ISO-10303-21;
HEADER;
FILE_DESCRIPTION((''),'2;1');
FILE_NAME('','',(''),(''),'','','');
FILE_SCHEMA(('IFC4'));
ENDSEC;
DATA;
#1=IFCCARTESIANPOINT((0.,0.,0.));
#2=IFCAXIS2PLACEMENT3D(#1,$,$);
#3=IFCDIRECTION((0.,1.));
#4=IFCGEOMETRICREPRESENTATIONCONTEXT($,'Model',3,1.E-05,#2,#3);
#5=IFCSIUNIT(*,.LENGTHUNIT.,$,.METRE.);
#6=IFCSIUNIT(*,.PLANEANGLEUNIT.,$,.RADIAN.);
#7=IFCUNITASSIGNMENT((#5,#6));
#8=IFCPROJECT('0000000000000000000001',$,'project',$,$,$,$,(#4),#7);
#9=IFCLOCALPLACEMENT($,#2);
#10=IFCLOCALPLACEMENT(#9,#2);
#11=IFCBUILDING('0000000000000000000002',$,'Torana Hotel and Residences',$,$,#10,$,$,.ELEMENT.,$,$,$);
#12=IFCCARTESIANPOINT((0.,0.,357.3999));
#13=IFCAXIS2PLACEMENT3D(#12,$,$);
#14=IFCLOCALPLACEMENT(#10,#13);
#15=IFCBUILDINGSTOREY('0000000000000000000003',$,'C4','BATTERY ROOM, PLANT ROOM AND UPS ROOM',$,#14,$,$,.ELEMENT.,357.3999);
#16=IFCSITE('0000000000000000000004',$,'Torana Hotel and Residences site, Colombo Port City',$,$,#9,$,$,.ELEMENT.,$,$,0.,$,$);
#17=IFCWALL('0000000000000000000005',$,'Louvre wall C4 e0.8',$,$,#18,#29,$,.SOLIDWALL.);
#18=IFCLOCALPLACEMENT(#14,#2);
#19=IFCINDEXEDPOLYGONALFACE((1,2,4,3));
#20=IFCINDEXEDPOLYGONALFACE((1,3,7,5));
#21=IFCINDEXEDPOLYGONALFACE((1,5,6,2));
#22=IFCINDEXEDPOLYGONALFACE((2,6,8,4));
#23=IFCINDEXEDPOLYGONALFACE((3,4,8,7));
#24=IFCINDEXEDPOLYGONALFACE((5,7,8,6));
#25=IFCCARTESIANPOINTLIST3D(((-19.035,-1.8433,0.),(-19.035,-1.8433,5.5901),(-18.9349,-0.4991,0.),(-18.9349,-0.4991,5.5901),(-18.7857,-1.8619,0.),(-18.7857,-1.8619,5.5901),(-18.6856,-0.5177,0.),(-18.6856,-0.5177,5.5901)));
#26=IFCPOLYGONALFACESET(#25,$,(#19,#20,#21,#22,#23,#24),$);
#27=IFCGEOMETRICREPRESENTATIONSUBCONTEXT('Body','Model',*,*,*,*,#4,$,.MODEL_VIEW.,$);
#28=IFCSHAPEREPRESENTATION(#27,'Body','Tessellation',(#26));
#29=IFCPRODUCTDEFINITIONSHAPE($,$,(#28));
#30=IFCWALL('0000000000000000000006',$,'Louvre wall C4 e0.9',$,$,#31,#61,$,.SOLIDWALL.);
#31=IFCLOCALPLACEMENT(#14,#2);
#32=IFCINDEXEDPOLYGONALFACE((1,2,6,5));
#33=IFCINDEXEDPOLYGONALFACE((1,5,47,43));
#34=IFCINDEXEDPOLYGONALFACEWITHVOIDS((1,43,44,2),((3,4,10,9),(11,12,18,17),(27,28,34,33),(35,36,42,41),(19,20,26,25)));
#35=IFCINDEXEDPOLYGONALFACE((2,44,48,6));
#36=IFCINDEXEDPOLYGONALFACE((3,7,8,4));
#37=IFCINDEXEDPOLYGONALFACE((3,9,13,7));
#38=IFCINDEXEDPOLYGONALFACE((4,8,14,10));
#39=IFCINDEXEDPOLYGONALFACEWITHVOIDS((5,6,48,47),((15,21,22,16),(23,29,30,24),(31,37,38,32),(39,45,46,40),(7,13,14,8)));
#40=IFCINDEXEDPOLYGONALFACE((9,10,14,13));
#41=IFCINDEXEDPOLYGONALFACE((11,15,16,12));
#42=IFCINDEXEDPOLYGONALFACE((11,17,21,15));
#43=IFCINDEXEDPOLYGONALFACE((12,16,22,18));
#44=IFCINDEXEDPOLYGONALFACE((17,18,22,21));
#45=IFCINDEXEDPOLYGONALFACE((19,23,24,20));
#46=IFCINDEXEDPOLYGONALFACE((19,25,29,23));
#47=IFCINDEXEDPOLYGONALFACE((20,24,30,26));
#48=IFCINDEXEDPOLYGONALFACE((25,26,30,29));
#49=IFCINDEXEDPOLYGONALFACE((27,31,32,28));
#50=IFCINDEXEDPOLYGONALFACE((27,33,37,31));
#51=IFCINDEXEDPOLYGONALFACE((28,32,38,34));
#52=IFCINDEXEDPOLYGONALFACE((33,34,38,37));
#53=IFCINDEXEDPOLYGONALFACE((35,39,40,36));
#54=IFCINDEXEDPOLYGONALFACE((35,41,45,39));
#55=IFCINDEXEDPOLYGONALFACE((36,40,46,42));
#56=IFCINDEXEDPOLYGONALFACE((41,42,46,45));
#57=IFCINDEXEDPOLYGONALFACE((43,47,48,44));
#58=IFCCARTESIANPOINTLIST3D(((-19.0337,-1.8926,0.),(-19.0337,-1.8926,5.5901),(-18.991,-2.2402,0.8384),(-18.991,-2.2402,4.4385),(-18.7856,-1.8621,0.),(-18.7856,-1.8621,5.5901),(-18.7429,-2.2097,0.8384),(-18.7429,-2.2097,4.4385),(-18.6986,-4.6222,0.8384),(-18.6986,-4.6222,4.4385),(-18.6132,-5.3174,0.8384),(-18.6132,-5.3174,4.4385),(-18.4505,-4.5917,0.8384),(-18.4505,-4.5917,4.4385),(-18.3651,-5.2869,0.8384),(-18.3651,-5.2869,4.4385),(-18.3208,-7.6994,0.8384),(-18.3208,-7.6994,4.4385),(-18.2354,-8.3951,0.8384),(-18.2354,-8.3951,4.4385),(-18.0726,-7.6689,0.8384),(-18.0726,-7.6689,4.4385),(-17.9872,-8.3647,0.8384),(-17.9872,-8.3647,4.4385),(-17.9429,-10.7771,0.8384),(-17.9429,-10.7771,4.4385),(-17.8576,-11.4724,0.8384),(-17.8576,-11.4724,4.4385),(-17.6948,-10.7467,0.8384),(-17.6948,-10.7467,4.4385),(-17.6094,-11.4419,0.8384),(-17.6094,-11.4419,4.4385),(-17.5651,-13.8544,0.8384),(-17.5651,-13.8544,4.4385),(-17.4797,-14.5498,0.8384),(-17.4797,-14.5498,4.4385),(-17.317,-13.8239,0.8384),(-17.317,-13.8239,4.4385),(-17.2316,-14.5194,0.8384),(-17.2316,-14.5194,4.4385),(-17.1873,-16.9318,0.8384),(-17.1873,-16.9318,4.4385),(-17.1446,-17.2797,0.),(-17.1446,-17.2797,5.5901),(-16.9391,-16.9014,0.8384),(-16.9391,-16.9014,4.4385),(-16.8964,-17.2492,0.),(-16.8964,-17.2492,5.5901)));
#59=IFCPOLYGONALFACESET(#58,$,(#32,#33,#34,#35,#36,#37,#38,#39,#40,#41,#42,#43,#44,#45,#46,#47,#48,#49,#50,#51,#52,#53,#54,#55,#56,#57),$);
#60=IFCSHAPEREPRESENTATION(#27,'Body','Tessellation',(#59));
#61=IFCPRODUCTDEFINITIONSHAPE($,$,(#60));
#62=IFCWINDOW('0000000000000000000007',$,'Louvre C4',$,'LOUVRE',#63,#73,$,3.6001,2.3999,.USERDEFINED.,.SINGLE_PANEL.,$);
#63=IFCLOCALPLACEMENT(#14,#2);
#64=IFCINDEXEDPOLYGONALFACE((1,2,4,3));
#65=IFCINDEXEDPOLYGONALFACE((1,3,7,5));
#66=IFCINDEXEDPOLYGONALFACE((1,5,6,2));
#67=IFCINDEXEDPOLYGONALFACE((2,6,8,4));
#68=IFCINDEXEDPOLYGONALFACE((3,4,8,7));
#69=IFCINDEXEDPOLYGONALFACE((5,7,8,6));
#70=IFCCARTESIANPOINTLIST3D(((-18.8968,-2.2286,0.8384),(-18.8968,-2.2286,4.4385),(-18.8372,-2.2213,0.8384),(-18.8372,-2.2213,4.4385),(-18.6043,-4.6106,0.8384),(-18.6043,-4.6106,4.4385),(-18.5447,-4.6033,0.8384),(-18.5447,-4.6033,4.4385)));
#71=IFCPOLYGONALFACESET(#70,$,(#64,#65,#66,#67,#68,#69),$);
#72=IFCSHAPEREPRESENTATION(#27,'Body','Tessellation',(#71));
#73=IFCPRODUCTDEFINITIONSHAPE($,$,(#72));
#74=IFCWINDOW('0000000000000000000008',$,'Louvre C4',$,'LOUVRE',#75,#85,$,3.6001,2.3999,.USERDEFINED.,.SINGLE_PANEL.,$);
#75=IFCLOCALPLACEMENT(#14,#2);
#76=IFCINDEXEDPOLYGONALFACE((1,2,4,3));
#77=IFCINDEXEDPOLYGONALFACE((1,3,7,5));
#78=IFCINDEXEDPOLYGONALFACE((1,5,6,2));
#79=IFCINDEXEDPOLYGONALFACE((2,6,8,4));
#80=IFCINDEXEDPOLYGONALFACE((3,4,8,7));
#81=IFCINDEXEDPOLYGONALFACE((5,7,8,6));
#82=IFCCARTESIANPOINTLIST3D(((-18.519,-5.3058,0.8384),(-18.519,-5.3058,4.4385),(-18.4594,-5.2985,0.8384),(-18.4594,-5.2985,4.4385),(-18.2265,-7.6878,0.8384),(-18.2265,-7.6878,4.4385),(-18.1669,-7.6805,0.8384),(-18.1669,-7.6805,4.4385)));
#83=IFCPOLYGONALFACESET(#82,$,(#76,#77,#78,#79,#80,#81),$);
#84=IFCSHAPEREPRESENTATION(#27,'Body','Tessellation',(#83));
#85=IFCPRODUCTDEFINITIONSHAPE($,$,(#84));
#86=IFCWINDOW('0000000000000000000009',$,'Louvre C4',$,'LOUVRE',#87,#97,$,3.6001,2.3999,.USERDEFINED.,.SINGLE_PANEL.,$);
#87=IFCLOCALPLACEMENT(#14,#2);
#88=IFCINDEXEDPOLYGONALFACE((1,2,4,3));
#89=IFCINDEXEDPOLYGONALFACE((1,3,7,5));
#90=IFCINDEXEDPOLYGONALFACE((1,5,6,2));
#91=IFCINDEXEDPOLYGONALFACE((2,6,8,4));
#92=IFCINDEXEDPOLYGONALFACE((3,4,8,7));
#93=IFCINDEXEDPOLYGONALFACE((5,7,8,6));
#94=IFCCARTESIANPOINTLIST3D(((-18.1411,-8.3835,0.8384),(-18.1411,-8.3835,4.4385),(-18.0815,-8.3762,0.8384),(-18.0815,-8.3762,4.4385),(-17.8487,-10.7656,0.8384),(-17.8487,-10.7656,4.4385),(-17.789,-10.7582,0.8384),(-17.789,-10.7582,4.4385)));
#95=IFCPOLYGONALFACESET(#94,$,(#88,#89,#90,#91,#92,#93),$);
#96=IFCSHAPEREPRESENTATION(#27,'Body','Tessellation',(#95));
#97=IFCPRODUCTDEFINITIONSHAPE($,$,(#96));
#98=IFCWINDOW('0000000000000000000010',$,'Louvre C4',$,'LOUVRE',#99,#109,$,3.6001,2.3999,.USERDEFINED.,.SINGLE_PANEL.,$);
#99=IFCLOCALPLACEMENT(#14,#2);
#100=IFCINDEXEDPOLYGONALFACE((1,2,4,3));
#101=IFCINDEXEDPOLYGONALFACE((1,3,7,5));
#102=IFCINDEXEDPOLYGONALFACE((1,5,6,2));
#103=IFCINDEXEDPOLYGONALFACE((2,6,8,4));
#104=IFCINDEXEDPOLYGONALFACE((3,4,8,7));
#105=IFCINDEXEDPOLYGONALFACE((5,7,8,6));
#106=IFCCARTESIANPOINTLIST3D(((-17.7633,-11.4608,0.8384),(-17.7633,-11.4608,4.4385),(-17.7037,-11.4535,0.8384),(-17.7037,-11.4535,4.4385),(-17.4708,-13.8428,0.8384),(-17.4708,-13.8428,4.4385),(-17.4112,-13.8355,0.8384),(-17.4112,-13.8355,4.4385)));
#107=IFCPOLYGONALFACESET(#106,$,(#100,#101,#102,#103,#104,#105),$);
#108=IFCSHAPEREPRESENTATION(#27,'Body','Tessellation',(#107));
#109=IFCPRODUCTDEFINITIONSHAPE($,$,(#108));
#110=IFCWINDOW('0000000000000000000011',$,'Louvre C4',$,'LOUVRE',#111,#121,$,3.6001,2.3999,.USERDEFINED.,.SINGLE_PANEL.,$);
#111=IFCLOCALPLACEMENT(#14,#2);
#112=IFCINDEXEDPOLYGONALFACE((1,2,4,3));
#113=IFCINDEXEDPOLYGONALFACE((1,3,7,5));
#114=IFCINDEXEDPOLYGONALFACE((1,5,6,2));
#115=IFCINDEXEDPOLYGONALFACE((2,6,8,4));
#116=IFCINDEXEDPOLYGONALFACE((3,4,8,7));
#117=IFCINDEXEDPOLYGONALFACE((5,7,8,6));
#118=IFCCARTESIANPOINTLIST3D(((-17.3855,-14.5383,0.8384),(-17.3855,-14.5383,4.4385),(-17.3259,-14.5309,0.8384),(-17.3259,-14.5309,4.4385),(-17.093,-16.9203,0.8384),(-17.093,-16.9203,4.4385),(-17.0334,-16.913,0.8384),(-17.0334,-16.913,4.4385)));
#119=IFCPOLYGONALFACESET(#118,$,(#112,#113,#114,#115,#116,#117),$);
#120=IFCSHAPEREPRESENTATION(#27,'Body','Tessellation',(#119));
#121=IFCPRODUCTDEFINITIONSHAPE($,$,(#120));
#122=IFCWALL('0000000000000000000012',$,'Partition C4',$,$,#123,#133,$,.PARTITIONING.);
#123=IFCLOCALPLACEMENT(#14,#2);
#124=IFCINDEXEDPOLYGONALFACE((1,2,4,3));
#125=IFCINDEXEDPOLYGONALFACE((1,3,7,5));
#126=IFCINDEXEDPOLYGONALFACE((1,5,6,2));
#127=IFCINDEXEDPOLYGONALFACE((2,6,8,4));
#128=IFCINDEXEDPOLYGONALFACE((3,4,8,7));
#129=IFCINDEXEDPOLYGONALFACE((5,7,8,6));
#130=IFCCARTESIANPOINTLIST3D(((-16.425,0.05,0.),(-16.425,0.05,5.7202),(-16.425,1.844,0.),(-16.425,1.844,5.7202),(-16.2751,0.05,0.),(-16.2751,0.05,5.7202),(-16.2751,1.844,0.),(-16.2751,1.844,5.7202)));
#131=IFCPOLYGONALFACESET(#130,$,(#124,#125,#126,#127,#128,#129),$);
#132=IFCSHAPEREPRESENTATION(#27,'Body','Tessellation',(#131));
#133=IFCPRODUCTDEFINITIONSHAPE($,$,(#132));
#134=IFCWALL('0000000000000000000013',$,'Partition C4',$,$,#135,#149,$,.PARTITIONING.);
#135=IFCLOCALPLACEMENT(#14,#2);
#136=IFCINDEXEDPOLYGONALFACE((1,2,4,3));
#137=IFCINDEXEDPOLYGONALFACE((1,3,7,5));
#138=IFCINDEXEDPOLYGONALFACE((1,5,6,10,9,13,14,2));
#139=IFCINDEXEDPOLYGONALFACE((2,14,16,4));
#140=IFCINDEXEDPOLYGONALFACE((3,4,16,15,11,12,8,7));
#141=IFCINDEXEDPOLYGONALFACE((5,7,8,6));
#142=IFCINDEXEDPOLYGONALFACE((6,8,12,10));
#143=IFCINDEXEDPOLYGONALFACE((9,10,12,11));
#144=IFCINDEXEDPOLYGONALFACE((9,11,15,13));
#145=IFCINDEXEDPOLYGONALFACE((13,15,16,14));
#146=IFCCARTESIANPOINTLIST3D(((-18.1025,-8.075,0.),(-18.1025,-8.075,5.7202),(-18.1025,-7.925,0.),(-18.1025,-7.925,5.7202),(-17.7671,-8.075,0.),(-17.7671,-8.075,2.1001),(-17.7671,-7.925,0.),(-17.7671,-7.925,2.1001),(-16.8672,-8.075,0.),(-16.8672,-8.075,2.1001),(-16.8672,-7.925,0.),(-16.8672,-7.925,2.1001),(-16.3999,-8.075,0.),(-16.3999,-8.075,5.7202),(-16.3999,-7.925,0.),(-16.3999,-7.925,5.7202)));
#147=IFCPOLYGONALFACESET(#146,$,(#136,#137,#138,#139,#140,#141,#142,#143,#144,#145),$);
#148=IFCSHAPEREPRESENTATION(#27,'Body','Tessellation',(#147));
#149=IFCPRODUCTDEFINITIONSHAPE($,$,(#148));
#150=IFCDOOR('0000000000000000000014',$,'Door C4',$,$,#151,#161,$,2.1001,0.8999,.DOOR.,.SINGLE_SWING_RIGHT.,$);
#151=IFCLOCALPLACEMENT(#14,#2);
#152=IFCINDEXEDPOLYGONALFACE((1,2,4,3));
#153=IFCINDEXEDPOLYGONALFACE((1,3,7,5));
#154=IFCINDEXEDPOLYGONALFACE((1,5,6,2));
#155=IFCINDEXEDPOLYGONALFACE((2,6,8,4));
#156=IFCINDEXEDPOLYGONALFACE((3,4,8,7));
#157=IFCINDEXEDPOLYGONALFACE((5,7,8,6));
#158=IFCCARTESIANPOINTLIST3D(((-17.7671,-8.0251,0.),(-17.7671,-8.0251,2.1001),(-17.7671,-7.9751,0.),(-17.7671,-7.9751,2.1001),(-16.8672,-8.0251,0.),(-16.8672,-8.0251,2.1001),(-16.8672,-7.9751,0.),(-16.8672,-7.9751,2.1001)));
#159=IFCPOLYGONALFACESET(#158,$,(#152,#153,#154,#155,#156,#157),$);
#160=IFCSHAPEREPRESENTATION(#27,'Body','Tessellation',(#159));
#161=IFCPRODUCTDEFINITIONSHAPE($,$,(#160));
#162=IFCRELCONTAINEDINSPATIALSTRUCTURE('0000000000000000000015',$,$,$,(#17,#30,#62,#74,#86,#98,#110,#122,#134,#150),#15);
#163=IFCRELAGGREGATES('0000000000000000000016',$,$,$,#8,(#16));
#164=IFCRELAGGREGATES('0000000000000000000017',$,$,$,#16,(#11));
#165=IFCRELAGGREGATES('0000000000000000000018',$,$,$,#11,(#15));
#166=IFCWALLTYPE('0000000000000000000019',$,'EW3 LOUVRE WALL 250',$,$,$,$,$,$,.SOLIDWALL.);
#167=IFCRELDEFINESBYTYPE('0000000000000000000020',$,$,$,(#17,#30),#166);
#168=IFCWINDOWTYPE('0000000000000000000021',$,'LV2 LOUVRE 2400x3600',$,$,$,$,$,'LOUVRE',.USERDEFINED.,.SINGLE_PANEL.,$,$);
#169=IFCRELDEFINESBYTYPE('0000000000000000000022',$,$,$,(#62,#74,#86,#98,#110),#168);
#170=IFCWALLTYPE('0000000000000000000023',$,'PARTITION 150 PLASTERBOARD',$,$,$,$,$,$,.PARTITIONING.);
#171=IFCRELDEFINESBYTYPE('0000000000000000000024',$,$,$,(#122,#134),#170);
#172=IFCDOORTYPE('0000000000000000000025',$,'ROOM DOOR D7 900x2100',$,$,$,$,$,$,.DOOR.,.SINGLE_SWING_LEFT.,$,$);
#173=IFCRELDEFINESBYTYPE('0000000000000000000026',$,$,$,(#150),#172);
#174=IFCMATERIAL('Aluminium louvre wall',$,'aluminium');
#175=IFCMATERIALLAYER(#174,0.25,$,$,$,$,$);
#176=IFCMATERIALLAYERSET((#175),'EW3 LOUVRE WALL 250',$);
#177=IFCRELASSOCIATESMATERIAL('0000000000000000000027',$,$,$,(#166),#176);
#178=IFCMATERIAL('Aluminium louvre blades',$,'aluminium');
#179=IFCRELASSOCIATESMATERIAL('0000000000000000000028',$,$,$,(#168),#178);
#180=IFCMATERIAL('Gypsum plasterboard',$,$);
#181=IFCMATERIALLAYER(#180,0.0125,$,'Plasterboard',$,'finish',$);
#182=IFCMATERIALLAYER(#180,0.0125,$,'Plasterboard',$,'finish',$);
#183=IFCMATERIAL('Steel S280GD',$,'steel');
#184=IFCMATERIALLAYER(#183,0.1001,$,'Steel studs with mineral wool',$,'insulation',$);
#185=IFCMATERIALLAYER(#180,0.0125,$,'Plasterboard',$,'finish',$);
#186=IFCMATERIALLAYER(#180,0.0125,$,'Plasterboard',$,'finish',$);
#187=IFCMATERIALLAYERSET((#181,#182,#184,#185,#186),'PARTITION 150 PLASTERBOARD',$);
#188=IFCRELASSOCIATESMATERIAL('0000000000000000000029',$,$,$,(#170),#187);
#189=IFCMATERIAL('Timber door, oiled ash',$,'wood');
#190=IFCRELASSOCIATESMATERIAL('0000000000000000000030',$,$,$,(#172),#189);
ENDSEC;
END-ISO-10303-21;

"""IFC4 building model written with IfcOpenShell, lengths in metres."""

from ifc_helpers import new_model, si_unit, direction, frame, frame_2d, origin, place, context, subcontext, project, spatial, rectangle, extrude, material, layer, layer_set, type_object, element, fill, save


model = new_model("IFC4")

# Units and contexts
model_context = context("Model", 3, precision=1e-05, world=origin(), true_north=direction((0.0, 1.0)))
body_context = subcontext(model_context, "Body", "Model", "MODEL_VIEW")
ifc_project = project(units=[si_unit("LENGTHUNIT", "METRE"), si_unit("PLANEANGLEUNIT", "RADIAN")], contexts=[model_context])

# Site, building, storey
site_placement = place(None, origin())
site = spatial("IfcSite", under=ifc_project, at=site_placement, Name="Torana Hotel and Residences site, Colombo Port City", CompositionType="ELEMENT", RefElevation=0.0)
building_placement = place(site_placement, origin())
building = spatial("IfcBuilding", under=site, at=building_placement, Name="Torana Hotel and Residences", CompositionType="ELEMENT")
storey_placement = place(building_placement, frame((0.0, 0.0, 357.3999)))
storey = spatial("IfcBuildingStorey", under=building, at=storey_placement, Name="C4", Description="BATTERY ROOM, PLANT ROOM AND UPS ROOM", CompositionType="ELEMENT", Elevation=357.3999)

# Wall
ifc_material_1 = material(Name="Aluminium louvre wall", Category="aluminium")
ifc_layer_1 = layer(ifc_material_1, 0.25)
ifc_layer_set_1 = layer_set([ifc_layer_1], Name="EW3 LOUVRE WALL 250")
wall_type_1 = type_object("IfcWallType", Name="EW3 LOUVRE WALL 250", PredefinedType="SOLIDWALL", material=ifc_layer_set_1)
wall_1_placement = place(storey_placement, frame((-18.8103, -0.5085, 0.0), z_axis=(0.0, 0.0, 1.0), x_axis=(-0.074259, -0.997239, 0.0)))
element("IfcWall", 1, at=wall_1_placement, inside=storey, type_object=wall_type_1, Name="Louvre wall C4 e0.8", PredefinedType="SOLIDWALL", context=body_context, shape_type="SweptSolid", body=[
    extrude(rectangle(XDim=1.3479, YDim=0.25, at=frame_2d((0.6738, 0.0))), origin(), (0.0, 0.0, 1.0), 5.5901),
])

# Wall, openings, windows
wall_2_placement = place(storey_placement, frame((-18.9097, -1.8772, 0.0), z_axis=(0.0, 0.0, 1.0), x_axis=(0.12186, -0.992547, 0.0)))
wall_2 = element("IfcWall", 2, at=wall_2_placement, inside=storey, type_object=wall_type_1, Name="Louvre wall C4 e0.9", PredefinedType="SOLIDWALL", context=body_context, shape_type="SweptSolid", body=[
    extrude(rectangle(XDim=15.5027, YDim=0.25, at=frame_2d((7.7515, 0.0))), origin(), (0.0, 0.0, 1.0), 5.5901),
])
opening_1_placement = place(wall_2_placement, frame((0.3503, 0.0, 0.8384)))
opening_1 = element("IfcOpeningElement", 3, at=opening_1_placement, cuts=wall_2, PredefinedType="OPENING", context=body_context, shape_type="SweptSolid", body=[
    extrude(rectangle(XDim=2.3999, YDim=3.6001, at=frame_2d((1.2, 1.8))), frame((0.0, 0.135, 0.0), z_axis=(0.0, -1.0, 0.0), x_axis=(1.0, 0.0, 0.0)), (0.0, 0.0, 1.0), 0.27),
])
opening_2_placement = place(wall_2_placement, frame((3.4507, 0.0, 0.8384)))
opening_2 = element("IfcOpeningElement", 4, at=opening_2_placement, cuts=wall_2, PredefinedType="OPENING", context=body_context, shape_type="SweptSolid", body=[
    extrude(rectangle(XDim=2.3999, YDim=3.6001, at=frame_2d((1.2, 1.8))), frame((0.0, 0.135, 0.0), z_axis=(0.0, -1.0, 0.0), x_axis=(1.0, 0.0, 0.0)), (0.0, 0.0, 1.0), 0.27),
])
opening_3_placement = place(wall_2_placement, frame((6.5515, 0.0, 0.8384)))
opening_3 = element("IfcOpeningElement", 5, at=opening_3_placement, cuts=wall_2, PredefinedType="OPENING", context=body_context, shape_type="SweptSolid", body=[
    extrude(rectangle(XDim=2.3999, YDim=3.6001, at=frame_2d((1.2, 1.8))), frame((0.0, 0.135, 0.0), z_axis=(0.0, -1.0, 0.0), x_axis=(1.0, 0.0, 0.0)), (0.0, 0.0, 1.0), 0.27),
])
opening_4_placement = place(wall_2_placement, frame((9.6519, 0.0, 0.8384)))
opening_4 = element("IfcOpeningElement", 6, at=opening_4_placement, cuts=wall_2, PredefinedType="OPENING", context=body_context, shape_type="SweptSolid", body=[
    extrude(rectangle(XDim=2.3999, YDim=3.6001, at=frame_2d((1.2, 1.8))), frame((0.0, 0.135, 0.0), z_axis=(0.0, -1.0, 0.0), x_axis=(1.0, 0.0, 0.0)), (0.0, 0.0, 1.0), 0.27),
])
opening_5_placement = place(wall_2_placement, frame((12.7524, 0.0, 0.8384)))
opening_5 = element("IfcOpeningElement", 7, at=opening_5_placement, cuts=wall_2, PredefinedType="OPENING", context=body_context, shape_type="SweptSolid", body=[
    extrude(rectangle(XDim=2.3999, YDim=3.6001, at=frame_2d((1.2, 1.8))), frame((0.0, 0.135, 0.0), z_axis=(0.0, -1.0, 0.0), x_axis=(1.0, 0.0, 0.0)), (0.0, 0.0, 1.0), 0.27),
])
ifc_material_2 = material(Name="Aluminium louvre blades", Category="aluminium")
window_type = type_object("IfcWindowType", Name="LV2 LOUVRE 2400x3600", ElementType="LOUVRE", PartitioningType="SINGLE_PANEL", PredefinedType="USERDEFINED", material=ifc_material_2)
window_1_placement = place(opening_1_placement, origin())
window_1 = element("IfcWindow", 8, at=window_1_placement, inside=storey, type_object=window_type, Name="Louvre C4", ObjectType="LOUVRE", OverallHeight=3.6001, OverallWidth=2.3999, PartitioningType="SINGLE_PANEL", PredefinedType="USERDEFINED", context=body_context, shape_type="SweptSolid", body=[
    extrude(rectangle(XDim=2.3999, YDim=3.6001, at=frame_2d((1.2, 1.8))), frame((0.0, 0.03, 0.0), z_axis=(0.0, -1.0, 0.0), x_axis=(1.0, 0.0, 0.0)), (0.0, 0.0, 1.0), 0.0601),
])
fill(opening_1, window_1)
window_2_placement = place(opening_2_placement, origin())
window_2 = element("IfcWindow", 9, at=window_2_placement, inside=storey, type_object=window_type, Name="Louvre C4", ObjectType="LOUVRE", OverallHeight=3.6001, OverallWidth=2.3999, PartitioningType="SINGLE_PANEL", PredefinedType="USERDEFINED", context=body_context, shape_type="SweptSolid", body=[
    extrude(rectangle(XDim=2.3999, YDim=3.6001, at=frame_2d((1.2, 1.8))), frame((0.0, 0.03, 0.0), z_axis=(0.0, -1.0, 0.0), x_axis=(1.0, 0.0, 0.0)), (0.0, 0.0, 1.0), 0.0601),
])
fill(opening_2, window_2)
window_3_placement = place(opening_3_placement, origin())
window_3 = element("IfcWindow", 10, at=window_3_placement, inside=storey, type_object=window_type, Name="Louvre C4", ObjectType="LOUVRE", OverallHeight=3.6001, OverallWidth=2.3999, PartitioningType="SINGLE_PANEL", PredefinedType="USERDEFINED", context=body_context, shape_type="SweptSolid", body=[
    extrude(rectangle(XDim=2.3999, YDim=3.6001, at=frame_2d((1.2, 1.8))), frame((0.0, 0.03, 0.0), z_axis=(0.0, -1.0, 0.0), x_axis=(1.0, 0.0, 0.0)), (0.0, 0.0, 1.0), 0.0601),
])
fill(opening_3, window_3)
window_4_placement = place(opening_4_placement, origin())
window_4 = element("IfcWindow", 11, at=window_4_placement, inside=storey, type_object=window_type, Name="Louvre C4", ObjectType="LOUVRE", OverallHeight=3.6001, OverallWidth=2.3999, PartitioningType="SINGLE_PANEL", PredefinedType="USERDEFINED", context=body_context, shape_type="SweptSolid", body=[
    extrude(rectangle(XDim=2.3999, YDim=3.6001, at=frame_2d((1.2, 1.8))), frame((0.0, 0.03, 0.0), z_axis=(0.0, -1.0, 0.0), x_axis=(1.0, 0.0, 0.0)), (0.0, 0.0, 1.0), 0.0601),
])
fill(opening_4, window_4)
window_5_placement = place(opening_5_placement, origin())
window_5 = element("IfcWindow", 12, at=window_5_placement, inside=storey, type_object=window_type, Name="Louvre C4", ObjectType="LOUVRE", OverallHeight=3.6001, OverallWidth=2.3999, PartitioningType="SINGLE_PANEL", PredefinedType="USERDEFINED", context=body_context, shape_type="SweptSolid", body=[
    extrude(rectangle(XDim=2.3999, YDim=3.6001, at=frame_2d((1.2, 1.8))), frame((0.0, 0.03, 0.0), z_axis=(0.0, -1.0, 0.0), x_axis=(1.0, 0.0, 0.0)), (0.0, 0.0, 1.0), 0.0601),
])
fill(opening_5, window_5)

# Wall
ifc_material_3 = material(Name="Gypsum plasterboard")
ifc_layer_2 = layer(ifc_material_3, 0.0125, Name="Plasterboard", Category="finish")
ifc_layer_3 = layer(ifc_material_3, 0.0125, Name="Plasterboard", Category="finish")
ifc_material_4 = material(Name="Steel S280GD", Category="steel")
ifc_layer_4 = layer(ifc_material_4, 0.1001, Name="Steel studs with mineral wool", Category="insulation")
ifc_layer_5 = layer(ifc_material_3, 0.0125, Name="Plasterboard", Category="finish")
ifc_layer_6 = layer(ifc_material_3, 0.0125, Name="Plasterboard", Category="finish")
ifc_layer_set_2 = layer_set([ifc_layer_2, ifc_layer_3, ifc_layer_4, ifc_layer_5, ifc_layer_6], Name="PARTITION 150 PLASTERBOARD")
wall_type_2 = type_object("IfcWallType", Name="PARTITION 150 PLASTERBOARD", PredefinedType="PARTITIONING", material=ifc_layer_set_2)
wall_3_placement = place(storey_placement, frame((-16.3501, 0.05, 0.0), z_axis=(0.0, 0.0, 1.0), x_axis=(0.0, 1.0, 0.0)))
element("IfcWall", 13, at=wall_3_placement, inside=storey, type_object=wall_type_2, Name="Partition C4", PredefinedType="PARTITIONING", context=body_context, shape_type="SweptSolid", body=[
    extrude(rectangle(XDim=1.7939, YDim=0.1499, at=frame_2d((0.897, 0.0))), origin(), (0.0, 0.0, 1.0), 5.7202),
])

# Wall, opening, door
wall_4_placement = place(storey_placement, frame((-18.1025, -8.0, 0.0), z_axis=(0.0, 0.0, 1.0), x_axis=(1.0, 0.0, 0.0)))
wall_4 = element("IfcWall", 14, at=wall_4_placement, inside=storey, type_object=wall_type_2, Name="Partition C4", PredefinedType="PARTITIONING", context=body_context, shape_type="SweptSolid", body=[
    extrude(rectangle(XDim=1.7026, YDim=0.1499, at=frame_2d((0.8513, 0.0))), origin(), (0.0, 0.0, 1.0), 5.7202),
])
opening_6_placement = place(wall_4_placement, frame((0.3354, 0.0, 0.0)))
opening_6 = element("IfcOpeningElement", 15, at=opening_6_placement, cuts=wall_4, PredefinedType="OPENING", context=body_context, shape_type="SweptSolid", body=[
    extrude(rectangle(XDim=0.8999, YDim=2.1001, at=frame_2d((0.45, 1.05))), frame((0.0, 0.085, 0.0), z_axis=(0.0, -1.0, 0.0), x_axis=(1.0, 0.0, 0.0)), (0.0, 0.0, 1.0), 0.1699),
])
ifc_material_5 = material(Name="Timber door, oiled ash", Category="wood")
door_type_1 = type_object("IfcDoorType", Name="ROOM DOOR D7 900x2100", OperationType="SINGLE_SWING_LEFT", PredefinedType="DOOR", material=ifc_material_5)
door_1_placement = place(opening_6_placement, origin())
door_1 = element("IfcDoor", 16, at=door_1_placement, inside=storey, type_object=door_type_1, Name="Door C4", OperationType="SINGLE_SWING_RIGHT", OverallHeight=2.1001, OverallWidth=0.8999, PredefinedType="DOOR", context=body_context, shape_type="SweptSolid", body=[
    extrude(rectangle(XDim=0.8999, YDim=2.1001, at=frame_2d((0.45, 1.05))), frame((0.0, 0.0249, 0.0), z_axis=(0.0, -1.0, 0.0), x_axis=(1.0, 0.0, 0.0)), (0.0, 0.0, 1.0), 0.05),
])
fill(opening_6, door_1)

save(model, "model.ifc")
